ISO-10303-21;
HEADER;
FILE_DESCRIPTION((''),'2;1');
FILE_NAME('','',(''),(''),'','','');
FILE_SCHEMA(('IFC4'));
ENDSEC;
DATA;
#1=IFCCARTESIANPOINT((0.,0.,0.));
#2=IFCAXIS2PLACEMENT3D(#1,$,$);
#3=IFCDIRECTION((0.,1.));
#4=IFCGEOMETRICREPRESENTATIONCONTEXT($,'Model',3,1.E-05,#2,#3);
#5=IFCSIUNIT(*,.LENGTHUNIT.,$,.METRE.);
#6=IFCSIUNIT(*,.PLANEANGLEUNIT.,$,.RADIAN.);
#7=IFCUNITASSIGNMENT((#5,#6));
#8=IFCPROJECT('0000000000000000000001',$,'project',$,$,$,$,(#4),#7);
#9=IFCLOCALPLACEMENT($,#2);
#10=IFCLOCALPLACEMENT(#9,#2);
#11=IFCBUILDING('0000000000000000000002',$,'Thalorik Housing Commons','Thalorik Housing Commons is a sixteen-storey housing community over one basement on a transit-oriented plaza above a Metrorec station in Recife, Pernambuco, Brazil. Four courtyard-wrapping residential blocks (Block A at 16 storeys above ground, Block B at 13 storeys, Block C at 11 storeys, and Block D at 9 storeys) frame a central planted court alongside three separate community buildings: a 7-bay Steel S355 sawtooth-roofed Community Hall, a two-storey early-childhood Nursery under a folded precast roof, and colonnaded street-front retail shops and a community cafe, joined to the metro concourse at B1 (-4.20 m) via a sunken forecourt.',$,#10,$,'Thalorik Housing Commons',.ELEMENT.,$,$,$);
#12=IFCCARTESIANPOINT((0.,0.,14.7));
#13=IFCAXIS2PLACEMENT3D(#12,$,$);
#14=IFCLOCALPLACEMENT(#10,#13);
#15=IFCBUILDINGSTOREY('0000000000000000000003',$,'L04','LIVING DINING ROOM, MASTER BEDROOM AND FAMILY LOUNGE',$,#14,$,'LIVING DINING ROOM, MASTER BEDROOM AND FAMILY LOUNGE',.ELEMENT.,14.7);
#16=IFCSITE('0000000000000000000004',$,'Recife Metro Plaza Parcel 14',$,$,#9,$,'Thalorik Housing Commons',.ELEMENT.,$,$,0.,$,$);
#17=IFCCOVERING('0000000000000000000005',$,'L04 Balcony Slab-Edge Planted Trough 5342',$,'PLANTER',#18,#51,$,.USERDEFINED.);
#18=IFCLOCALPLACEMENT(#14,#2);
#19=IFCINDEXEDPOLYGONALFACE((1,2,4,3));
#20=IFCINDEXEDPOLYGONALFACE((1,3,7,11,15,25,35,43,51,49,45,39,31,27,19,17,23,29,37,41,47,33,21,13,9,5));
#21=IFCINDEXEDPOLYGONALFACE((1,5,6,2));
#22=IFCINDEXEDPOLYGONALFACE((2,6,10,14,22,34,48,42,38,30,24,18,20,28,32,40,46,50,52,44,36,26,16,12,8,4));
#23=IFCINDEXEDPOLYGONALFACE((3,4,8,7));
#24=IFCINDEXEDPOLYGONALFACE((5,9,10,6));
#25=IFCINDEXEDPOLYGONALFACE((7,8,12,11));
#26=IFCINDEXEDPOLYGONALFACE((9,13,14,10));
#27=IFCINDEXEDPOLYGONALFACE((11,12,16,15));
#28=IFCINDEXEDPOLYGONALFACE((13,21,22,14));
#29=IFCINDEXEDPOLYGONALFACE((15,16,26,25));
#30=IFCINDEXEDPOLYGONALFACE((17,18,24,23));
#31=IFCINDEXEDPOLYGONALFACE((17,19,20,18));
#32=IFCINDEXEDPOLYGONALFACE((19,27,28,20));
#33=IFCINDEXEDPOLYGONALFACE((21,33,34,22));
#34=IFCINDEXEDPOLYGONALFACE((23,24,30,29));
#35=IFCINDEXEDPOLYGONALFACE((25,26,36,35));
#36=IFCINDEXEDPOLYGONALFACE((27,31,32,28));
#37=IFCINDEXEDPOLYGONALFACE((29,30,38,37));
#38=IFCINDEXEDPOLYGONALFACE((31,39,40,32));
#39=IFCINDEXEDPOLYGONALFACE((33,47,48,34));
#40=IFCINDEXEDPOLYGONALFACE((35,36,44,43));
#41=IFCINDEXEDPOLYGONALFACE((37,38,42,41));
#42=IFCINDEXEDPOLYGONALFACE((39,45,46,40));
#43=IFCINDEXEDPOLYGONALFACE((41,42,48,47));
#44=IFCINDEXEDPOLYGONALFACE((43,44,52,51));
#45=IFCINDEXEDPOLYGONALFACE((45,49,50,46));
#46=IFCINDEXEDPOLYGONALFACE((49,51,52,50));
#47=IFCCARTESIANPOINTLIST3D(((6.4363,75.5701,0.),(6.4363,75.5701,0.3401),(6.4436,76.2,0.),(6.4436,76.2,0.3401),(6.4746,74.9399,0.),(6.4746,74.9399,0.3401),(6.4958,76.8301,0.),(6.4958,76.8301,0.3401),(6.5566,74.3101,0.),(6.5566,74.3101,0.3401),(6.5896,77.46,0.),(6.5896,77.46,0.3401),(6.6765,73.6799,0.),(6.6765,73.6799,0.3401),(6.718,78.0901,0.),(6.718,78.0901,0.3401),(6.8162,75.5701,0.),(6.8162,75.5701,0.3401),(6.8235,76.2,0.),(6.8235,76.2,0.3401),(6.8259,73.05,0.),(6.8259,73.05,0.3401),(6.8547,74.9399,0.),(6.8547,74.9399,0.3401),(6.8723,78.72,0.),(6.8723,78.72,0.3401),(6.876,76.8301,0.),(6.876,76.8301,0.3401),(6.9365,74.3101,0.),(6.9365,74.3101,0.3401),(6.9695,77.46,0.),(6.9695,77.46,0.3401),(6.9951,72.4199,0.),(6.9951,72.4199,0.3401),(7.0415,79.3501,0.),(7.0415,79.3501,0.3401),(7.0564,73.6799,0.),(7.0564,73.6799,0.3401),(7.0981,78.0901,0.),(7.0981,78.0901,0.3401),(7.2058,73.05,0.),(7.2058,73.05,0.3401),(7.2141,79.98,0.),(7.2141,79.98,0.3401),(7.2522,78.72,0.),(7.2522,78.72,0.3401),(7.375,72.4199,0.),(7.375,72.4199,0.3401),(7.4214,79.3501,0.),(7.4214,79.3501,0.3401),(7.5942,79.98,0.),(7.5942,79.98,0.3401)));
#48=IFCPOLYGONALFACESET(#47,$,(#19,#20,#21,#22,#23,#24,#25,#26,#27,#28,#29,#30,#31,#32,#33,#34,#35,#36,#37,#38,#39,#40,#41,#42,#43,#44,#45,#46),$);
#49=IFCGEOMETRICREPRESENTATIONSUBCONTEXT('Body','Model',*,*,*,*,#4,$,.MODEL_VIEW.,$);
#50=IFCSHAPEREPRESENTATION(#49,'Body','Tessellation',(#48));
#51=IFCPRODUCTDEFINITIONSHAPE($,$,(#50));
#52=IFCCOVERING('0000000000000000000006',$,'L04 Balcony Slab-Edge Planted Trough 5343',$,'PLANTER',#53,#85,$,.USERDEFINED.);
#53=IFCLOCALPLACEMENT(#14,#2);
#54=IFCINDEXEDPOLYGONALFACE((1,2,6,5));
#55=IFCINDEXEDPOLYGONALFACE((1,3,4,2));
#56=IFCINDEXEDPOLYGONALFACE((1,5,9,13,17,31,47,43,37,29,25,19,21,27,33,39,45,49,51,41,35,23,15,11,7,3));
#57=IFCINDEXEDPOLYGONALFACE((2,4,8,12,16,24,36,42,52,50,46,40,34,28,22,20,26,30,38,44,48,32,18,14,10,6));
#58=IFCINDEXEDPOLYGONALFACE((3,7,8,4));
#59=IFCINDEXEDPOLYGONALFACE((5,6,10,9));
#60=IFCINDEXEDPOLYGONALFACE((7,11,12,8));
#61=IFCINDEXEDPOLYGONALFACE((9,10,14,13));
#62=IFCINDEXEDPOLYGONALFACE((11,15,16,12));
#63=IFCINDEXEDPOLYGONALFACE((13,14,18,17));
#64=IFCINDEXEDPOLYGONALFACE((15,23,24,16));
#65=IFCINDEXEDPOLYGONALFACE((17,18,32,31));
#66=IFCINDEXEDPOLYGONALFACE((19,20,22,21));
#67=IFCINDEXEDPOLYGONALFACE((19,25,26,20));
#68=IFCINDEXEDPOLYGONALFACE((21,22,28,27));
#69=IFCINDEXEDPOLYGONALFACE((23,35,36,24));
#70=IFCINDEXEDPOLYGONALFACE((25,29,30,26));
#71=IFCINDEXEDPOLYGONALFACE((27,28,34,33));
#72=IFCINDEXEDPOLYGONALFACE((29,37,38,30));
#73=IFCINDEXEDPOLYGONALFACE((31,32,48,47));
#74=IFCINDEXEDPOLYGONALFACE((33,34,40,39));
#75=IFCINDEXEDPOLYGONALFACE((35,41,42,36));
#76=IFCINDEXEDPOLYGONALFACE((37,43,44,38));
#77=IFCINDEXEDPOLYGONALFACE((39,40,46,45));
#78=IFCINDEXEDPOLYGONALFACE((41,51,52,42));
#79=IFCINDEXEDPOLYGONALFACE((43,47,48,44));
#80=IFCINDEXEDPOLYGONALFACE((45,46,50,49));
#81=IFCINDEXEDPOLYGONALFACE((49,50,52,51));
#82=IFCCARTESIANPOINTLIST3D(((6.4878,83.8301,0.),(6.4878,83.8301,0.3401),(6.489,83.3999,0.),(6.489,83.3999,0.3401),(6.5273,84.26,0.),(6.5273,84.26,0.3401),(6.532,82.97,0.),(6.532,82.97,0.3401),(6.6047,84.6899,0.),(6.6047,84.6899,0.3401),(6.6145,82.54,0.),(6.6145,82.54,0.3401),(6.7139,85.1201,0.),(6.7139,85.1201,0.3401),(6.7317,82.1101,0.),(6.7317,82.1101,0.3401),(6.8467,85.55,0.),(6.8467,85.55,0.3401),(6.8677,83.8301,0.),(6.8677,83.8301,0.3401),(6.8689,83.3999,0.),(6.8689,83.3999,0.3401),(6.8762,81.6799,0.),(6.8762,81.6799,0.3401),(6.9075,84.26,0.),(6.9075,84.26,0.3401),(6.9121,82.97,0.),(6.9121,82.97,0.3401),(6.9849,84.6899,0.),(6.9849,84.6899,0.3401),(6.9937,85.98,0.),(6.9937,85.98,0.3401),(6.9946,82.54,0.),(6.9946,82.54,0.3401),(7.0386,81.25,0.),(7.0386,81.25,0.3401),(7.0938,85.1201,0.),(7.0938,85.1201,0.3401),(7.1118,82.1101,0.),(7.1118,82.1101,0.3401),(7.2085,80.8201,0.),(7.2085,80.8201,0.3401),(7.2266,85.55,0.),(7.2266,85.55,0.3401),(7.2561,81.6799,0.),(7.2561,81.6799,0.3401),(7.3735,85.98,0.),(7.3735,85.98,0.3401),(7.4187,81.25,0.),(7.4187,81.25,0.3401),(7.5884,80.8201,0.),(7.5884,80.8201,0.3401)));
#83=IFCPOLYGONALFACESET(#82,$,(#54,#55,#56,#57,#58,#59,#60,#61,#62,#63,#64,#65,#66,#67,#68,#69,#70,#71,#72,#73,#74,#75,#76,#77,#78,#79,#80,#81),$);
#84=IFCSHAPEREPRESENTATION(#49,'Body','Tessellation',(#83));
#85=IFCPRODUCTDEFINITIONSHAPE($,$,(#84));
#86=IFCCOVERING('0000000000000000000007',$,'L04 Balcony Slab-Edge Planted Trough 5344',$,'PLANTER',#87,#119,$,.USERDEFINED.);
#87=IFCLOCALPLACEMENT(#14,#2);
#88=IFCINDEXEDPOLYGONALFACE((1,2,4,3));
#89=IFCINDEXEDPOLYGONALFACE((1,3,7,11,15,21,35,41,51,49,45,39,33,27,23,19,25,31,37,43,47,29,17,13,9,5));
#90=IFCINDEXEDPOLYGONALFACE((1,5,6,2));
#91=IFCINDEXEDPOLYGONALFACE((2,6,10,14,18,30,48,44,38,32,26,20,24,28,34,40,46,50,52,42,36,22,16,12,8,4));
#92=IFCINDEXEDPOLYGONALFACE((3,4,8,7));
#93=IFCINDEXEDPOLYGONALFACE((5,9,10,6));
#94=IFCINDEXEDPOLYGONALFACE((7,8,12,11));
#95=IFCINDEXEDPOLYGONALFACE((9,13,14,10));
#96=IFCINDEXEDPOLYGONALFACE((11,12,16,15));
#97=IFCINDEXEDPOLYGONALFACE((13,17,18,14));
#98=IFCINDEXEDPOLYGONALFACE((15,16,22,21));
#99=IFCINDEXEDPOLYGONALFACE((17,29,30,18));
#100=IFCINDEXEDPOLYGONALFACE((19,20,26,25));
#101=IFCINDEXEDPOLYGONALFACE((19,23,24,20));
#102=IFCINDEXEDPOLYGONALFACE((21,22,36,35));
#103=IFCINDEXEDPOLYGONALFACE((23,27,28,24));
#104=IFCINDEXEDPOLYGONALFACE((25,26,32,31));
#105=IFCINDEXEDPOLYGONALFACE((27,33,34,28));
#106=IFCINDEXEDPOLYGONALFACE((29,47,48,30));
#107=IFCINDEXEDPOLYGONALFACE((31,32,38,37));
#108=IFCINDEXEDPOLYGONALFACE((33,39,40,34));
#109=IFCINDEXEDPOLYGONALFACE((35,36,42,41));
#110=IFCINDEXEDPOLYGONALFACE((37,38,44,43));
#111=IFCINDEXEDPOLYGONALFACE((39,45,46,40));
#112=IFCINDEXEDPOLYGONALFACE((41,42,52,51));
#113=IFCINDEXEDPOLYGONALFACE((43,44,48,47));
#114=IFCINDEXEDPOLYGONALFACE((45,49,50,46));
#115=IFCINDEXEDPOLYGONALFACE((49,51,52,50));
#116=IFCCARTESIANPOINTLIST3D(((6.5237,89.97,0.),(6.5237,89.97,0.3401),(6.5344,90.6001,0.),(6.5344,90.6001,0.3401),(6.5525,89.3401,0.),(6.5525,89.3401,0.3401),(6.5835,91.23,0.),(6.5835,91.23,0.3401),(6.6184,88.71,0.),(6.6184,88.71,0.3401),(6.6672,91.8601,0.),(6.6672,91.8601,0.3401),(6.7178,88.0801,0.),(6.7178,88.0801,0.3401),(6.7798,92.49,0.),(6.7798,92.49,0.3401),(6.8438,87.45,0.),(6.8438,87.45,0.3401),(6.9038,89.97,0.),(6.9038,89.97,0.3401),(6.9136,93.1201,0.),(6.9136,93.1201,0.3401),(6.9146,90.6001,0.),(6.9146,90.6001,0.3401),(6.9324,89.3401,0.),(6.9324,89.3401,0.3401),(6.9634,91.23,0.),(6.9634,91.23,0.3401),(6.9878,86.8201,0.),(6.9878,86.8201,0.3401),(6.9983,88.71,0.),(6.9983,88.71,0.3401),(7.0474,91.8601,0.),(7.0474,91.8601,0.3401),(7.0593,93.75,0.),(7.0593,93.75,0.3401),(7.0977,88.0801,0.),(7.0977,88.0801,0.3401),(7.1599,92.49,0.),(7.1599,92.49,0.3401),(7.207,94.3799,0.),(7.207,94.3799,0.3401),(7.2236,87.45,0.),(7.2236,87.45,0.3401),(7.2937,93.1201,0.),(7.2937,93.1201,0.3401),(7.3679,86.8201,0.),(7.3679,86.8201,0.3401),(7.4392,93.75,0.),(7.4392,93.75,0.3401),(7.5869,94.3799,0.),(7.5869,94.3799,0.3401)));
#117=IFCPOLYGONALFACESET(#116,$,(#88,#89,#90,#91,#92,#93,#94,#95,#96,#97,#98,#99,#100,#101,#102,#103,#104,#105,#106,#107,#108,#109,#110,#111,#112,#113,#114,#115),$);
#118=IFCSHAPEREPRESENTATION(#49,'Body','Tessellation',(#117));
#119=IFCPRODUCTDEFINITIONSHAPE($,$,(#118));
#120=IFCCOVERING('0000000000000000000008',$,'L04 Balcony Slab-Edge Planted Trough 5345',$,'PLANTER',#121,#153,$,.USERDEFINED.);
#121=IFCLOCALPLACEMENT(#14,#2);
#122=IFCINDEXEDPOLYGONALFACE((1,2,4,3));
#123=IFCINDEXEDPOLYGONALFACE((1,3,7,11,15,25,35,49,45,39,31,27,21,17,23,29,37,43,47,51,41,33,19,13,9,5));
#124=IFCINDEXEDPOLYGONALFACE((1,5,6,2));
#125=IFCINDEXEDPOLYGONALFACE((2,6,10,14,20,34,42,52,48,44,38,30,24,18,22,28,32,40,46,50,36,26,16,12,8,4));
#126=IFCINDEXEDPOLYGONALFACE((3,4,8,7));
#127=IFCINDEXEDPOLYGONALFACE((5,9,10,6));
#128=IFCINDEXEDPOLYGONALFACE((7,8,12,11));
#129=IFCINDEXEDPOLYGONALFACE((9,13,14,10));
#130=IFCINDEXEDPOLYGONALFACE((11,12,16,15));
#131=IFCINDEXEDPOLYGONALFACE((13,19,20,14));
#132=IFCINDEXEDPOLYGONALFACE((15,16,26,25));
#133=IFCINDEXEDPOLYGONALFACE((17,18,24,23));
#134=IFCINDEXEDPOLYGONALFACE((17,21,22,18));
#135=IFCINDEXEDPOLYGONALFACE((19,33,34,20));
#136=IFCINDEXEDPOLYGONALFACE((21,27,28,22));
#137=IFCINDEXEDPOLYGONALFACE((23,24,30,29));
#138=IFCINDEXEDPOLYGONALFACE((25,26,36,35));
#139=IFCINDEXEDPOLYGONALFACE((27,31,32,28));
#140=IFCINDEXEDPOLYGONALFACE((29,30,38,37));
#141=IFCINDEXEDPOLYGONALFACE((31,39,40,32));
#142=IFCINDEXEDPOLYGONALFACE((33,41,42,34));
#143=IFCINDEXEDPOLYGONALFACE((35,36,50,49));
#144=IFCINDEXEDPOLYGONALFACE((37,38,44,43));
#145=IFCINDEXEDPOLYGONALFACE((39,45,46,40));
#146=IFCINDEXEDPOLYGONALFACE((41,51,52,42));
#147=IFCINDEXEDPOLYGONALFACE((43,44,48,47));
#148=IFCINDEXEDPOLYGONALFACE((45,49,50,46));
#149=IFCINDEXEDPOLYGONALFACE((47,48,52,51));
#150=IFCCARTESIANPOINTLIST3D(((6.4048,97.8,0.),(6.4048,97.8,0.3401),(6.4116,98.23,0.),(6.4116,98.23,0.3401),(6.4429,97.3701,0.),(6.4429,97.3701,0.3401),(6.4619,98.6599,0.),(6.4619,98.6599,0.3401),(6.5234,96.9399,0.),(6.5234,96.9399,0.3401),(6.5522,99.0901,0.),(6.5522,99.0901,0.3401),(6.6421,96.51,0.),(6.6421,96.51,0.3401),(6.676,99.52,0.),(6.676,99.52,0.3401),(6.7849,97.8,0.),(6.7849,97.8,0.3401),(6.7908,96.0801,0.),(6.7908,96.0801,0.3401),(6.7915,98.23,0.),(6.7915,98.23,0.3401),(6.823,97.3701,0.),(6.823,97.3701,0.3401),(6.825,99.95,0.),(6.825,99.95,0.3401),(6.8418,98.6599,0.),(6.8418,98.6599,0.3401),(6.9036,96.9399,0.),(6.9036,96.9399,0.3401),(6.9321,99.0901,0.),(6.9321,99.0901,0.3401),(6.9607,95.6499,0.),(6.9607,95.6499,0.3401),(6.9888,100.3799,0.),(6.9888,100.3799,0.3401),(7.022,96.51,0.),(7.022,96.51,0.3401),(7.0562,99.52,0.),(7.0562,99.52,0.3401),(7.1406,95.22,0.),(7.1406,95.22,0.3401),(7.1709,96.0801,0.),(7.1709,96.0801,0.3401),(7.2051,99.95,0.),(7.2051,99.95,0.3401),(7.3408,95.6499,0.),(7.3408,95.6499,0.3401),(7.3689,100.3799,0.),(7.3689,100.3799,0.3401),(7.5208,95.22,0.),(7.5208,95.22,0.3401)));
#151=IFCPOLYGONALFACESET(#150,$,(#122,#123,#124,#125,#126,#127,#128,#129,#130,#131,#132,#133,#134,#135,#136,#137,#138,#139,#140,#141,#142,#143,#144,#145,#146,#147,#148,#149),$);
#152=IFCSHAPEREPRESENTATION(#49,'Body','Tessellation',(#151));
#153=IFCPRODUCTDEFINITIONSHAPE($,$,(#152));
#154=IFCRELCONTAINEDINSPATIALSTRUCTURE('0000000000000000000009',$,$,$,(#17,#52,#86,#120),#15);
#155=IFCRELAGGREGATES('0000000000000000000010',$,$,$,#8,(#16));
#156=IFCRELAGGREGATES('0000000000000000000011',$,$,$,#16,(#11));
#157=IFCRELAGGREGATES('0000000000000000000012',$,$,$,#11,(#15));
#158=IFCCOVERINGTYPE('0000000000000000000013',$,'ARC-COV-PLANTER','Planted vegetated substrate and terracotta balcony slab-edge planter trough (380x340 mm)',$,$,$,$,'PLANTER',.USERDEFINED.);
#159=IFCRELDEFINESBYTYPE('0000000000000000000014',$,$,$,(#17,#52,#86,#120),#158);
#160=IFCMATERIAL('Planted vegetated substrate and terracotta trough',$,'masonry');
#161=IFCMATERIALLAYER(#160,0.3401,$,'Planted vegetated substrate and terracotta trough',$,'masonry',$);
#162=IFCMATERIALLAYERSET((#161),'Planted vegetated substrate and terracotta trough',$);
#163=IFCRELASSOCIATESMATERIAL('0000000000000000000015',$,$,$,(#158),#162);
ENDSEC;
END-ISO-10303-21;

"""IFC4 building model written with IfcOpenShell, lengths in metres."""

from ifc_helpers import new_model, si_unit, direction, frame, origin, place, context, subcontext, project, spatial, polyline, outline, extrude, material, layer, layer_set, type_object, element, save


model = new_model("IFC4")

# Units and contexts
model_context = context("Model", 3, precision=1e-05, world=origin(), true_north=direction((0.0, 1.0)))
body_context = subcontext(model_context, "Body", "Model", "MODEL_VIEW")
ifc_project = project(units=[si_unit("LENGTHUNIT", "METRE"), si_unit("PLANEANGLEUNIT", "RADIAN")], contexts=[model_context])

# Site, building, storey
site_placement = place(None, origin())
site = spatial("IfcSite", under=ifc_project, at=site_placement, Name="Recife Metro Plaza Parcel 14", LongName="Thalorik Housing Commons", CompositionType="ELEMENT", RefElevation=0.0)
building_placement = place(site_placement, origin())
building = spatial("IfcBuilding", under=site, at=building_placement, Name="Thalorik Housing Commons", Description="Thalorik Housing Commons is a sixteen-storey housing community over one basement on a transit-oriented plaza above a Metrorec station in Recife, Pernambuco, Brazil. Four courtyard-wrapping residential blocks (Block A at 16 storeys above ground, Block B at 13 storeys, Block C at 11 storeys, and Block D at 9 storeys) frame a central planted court alongside three separate community buildings: a 7-bay Steel S355 sawtooth-roofed Community Hall, a two-storey early-childhood Nursery under a folded precast roof, and colonnaded street-front retail shops and a community cafe, joined to the metro concourse at B1 (-4.20 m) via a sunken forecourt.", LongName="Thalorik Housing Commons", CompositionType="ELEMENT")
storey_placement = place(building_placement, frame((0.0, 0.0, 14.7)))
storey = spatial("IfcBuildingStorey", under=building, at=storey_placement, Name="L04", Description="LIVING DINING ROOM, MASTER BEDROOM AND FAMILY LOUNGE", LongName="LIVING DINING ROOM, MASTER BEDROOM AND FAMILY LOUNGE", CompositionType="ELEMENT", Elevation=14.7)

# Coverings
ifc_material = material(Name="Planted vegetated substrate and terracotta trough", Category="masonry")
ifc_layer = layer(ifc_material, 0.3401, Name="Planted vegetated substrate and terracotta trough", Category="masonry")
ifc_layer_set = layer_set([ifc_layer], Name="Planted vegetated substrate and terracotta trough")
covering_type = type_object("IfcCoveringType", Name="ARC-COV-PLANTER", Description="Planted vegetated substrate and terracotta balcony slab-edge planter trough (380x340 mm)", ElementType="PLANTER", PredefinedType="USERDEFINED", material=ifc_layer_set)
covering_1_placement = place(storey_placement, origin())
element("IfcCovering", 1, at=covering_1_placement, inside=storey, type_object=covering_type, Name="L04 Balcony Slab-Edge Planted Trough 5342", ObjectType="PLANTER", PredefinedType="USERDEFINED", context=body_context, shape_type="SweptSolid", body=[
    extrude(outline(polyline([(7.2141, 79.98), (7.0415, 79.3501), (6.8723, 78.72), (6.718, 78.0901), (6.5896, 77.46), (6.4958, 76.8301), (6.4436, 76.2), (6.4363, 75.5701), (6.4746, 74.9399), (6.5566, 74.3101), (6.6765, 73.6799), (6.8259, 73.05), (6.9951, 72.4199), (7.375, 72.4199), (7.2058, 73.05), (7.0564, 73.6799), (6.9365, 74.3101), (6.8547, 74.9399), (6.8162, 75.5701), (6.8235, 76.2), (6.876, 76.8301), (6.9695, 77.46), (7.0981, 78.0901), (7.2522, 78.72), (7.4214, 79.3501), (7.5942, 79.98), (7.2141, 79.98)])), origin(), (0.0, 0.0, 1.0), 0.3401),
])
covering_2_placement = place(storey_placement, origin())
element("IfcCovering", 2, at=covering_2_placement, inside=storey, type_object=covering_type, Name="L04 Balcony Slab-Edge Planted Trough 5343", ObjectType="PLANTER", PredefinedType="USERDEFINED", context=body_context, shape_type="SweptSolid", body=[
    extrude(outline(polyline([(6.9937, 85.98), (6.8467, 85.55), (6.7139, 85.1201), (6.6047, 84.6899), (6.5273, 84.26), (6.4878, 83.8301), (6.489, 83.3999), (6.532, 82.97), (6.6145, 82.54), (6.7317, 82.1101), (6.8762, 81.6799), (7.0386, 81.25), (7.2085, 80.8201), (7.5884, 80.8201), (7.4187, 81.25), (7.2561, 81.6799), (7.1118, 82.1101), (6.9946, 82.54), (6.9121, 82.97), (6.8689, 83.3999), (6.8677, 83.8301), (6.9075, 84.26), (6.9849, 84.6899), (7.0938, 85.1201), (7.2266, 85.55), (7.3735, 85.98), (6.9937, 85.98)])), origin(), (0.0, 0.0, 1.0), 0.3401),
])
covering_3_placement = place(storey_placement, origin())
element("IfcCovering", 3, at=covering_3_placement, inside=storey, type_object=covering_type, Name="L04 Balcony Slab-Edge Planted Trough 5344", ObjectType="PLANTER", PredefinedType="USERDEFINED", context=body_context, shape_type="SweptSolid", body=[
    extrude(outline(polyline([(7.207, 94.3799), (7.0593, 93.75), (6.9136, 93.1201), (6.7798, 92.49), (6.6672, 91.8601), (6.5835, 91.23), (6.5344, 90.6001), (6.5237, 89.97), (6.5525, 89.3401), (6.6184, 88.71), (6.7178, 88.0801), (6.8438, 87.45), (6.9878, 86.8201), (7.3679, 86.8201), (7.2236, 87.45), (7.0977, 88.0801), (6.9983, 88.71), (6.9324, 89.3401), (6.9038, 89.97), (6.9146, 90.6001), (6.9634, 91.23), (7.0474, 91.8601), (7.1599, 92.49), (7.2937, 93.1201), (7.4392, 93.75), (7.5869, 94.3799), (7.207, 94.3799)])), origin(), (0.0, 0.0, 1.0), 0.3401),
])
covering_4_placement = place(storey_placement, origin())
element("IfcCovering", 4, at=covering_4_placement, inside=storey, type_object=covering_type, Name="L04 Balcony Slab-Edge Planted Trough 5345", ObjectType="PLANTER", PredefinedType="USERDEFINED", context=body_context, shape_type="SweptSolid", body=[
    extrude(outline(polyline([(6.9888, 100.3799), (6.825, 99.95), (6.676, 99.52), (6.5522, 99.0901), (6.4619, 98.6599), (6.4116, 98.23), (6.4048, 97.8), (6.4429, 97.3701), (6.5234, 96.9399), (6.6421, 96.51), (6.7908, 96.0801), (6.9607, 95.6499), (7.1406, 95.22), (7.5208, 95.22), (7.3408, 95.6499), (7.1709, 96.0801), (7.022, 96.51), (6.9036, 96.9399), (6.823, 97.3701), (6.7849, 97.8), (6.7915, 98.23), (6.8418, 98.6599), (6.9321, 99.0901), (7.0562, 99.52), (7.2051, 99.95), (7.3689, 100.3799), (6.9888, 100.3799)])), origin(), (0.0, 0.0, 1.0), 0.3401),
])

save(model, "model.ifc")
